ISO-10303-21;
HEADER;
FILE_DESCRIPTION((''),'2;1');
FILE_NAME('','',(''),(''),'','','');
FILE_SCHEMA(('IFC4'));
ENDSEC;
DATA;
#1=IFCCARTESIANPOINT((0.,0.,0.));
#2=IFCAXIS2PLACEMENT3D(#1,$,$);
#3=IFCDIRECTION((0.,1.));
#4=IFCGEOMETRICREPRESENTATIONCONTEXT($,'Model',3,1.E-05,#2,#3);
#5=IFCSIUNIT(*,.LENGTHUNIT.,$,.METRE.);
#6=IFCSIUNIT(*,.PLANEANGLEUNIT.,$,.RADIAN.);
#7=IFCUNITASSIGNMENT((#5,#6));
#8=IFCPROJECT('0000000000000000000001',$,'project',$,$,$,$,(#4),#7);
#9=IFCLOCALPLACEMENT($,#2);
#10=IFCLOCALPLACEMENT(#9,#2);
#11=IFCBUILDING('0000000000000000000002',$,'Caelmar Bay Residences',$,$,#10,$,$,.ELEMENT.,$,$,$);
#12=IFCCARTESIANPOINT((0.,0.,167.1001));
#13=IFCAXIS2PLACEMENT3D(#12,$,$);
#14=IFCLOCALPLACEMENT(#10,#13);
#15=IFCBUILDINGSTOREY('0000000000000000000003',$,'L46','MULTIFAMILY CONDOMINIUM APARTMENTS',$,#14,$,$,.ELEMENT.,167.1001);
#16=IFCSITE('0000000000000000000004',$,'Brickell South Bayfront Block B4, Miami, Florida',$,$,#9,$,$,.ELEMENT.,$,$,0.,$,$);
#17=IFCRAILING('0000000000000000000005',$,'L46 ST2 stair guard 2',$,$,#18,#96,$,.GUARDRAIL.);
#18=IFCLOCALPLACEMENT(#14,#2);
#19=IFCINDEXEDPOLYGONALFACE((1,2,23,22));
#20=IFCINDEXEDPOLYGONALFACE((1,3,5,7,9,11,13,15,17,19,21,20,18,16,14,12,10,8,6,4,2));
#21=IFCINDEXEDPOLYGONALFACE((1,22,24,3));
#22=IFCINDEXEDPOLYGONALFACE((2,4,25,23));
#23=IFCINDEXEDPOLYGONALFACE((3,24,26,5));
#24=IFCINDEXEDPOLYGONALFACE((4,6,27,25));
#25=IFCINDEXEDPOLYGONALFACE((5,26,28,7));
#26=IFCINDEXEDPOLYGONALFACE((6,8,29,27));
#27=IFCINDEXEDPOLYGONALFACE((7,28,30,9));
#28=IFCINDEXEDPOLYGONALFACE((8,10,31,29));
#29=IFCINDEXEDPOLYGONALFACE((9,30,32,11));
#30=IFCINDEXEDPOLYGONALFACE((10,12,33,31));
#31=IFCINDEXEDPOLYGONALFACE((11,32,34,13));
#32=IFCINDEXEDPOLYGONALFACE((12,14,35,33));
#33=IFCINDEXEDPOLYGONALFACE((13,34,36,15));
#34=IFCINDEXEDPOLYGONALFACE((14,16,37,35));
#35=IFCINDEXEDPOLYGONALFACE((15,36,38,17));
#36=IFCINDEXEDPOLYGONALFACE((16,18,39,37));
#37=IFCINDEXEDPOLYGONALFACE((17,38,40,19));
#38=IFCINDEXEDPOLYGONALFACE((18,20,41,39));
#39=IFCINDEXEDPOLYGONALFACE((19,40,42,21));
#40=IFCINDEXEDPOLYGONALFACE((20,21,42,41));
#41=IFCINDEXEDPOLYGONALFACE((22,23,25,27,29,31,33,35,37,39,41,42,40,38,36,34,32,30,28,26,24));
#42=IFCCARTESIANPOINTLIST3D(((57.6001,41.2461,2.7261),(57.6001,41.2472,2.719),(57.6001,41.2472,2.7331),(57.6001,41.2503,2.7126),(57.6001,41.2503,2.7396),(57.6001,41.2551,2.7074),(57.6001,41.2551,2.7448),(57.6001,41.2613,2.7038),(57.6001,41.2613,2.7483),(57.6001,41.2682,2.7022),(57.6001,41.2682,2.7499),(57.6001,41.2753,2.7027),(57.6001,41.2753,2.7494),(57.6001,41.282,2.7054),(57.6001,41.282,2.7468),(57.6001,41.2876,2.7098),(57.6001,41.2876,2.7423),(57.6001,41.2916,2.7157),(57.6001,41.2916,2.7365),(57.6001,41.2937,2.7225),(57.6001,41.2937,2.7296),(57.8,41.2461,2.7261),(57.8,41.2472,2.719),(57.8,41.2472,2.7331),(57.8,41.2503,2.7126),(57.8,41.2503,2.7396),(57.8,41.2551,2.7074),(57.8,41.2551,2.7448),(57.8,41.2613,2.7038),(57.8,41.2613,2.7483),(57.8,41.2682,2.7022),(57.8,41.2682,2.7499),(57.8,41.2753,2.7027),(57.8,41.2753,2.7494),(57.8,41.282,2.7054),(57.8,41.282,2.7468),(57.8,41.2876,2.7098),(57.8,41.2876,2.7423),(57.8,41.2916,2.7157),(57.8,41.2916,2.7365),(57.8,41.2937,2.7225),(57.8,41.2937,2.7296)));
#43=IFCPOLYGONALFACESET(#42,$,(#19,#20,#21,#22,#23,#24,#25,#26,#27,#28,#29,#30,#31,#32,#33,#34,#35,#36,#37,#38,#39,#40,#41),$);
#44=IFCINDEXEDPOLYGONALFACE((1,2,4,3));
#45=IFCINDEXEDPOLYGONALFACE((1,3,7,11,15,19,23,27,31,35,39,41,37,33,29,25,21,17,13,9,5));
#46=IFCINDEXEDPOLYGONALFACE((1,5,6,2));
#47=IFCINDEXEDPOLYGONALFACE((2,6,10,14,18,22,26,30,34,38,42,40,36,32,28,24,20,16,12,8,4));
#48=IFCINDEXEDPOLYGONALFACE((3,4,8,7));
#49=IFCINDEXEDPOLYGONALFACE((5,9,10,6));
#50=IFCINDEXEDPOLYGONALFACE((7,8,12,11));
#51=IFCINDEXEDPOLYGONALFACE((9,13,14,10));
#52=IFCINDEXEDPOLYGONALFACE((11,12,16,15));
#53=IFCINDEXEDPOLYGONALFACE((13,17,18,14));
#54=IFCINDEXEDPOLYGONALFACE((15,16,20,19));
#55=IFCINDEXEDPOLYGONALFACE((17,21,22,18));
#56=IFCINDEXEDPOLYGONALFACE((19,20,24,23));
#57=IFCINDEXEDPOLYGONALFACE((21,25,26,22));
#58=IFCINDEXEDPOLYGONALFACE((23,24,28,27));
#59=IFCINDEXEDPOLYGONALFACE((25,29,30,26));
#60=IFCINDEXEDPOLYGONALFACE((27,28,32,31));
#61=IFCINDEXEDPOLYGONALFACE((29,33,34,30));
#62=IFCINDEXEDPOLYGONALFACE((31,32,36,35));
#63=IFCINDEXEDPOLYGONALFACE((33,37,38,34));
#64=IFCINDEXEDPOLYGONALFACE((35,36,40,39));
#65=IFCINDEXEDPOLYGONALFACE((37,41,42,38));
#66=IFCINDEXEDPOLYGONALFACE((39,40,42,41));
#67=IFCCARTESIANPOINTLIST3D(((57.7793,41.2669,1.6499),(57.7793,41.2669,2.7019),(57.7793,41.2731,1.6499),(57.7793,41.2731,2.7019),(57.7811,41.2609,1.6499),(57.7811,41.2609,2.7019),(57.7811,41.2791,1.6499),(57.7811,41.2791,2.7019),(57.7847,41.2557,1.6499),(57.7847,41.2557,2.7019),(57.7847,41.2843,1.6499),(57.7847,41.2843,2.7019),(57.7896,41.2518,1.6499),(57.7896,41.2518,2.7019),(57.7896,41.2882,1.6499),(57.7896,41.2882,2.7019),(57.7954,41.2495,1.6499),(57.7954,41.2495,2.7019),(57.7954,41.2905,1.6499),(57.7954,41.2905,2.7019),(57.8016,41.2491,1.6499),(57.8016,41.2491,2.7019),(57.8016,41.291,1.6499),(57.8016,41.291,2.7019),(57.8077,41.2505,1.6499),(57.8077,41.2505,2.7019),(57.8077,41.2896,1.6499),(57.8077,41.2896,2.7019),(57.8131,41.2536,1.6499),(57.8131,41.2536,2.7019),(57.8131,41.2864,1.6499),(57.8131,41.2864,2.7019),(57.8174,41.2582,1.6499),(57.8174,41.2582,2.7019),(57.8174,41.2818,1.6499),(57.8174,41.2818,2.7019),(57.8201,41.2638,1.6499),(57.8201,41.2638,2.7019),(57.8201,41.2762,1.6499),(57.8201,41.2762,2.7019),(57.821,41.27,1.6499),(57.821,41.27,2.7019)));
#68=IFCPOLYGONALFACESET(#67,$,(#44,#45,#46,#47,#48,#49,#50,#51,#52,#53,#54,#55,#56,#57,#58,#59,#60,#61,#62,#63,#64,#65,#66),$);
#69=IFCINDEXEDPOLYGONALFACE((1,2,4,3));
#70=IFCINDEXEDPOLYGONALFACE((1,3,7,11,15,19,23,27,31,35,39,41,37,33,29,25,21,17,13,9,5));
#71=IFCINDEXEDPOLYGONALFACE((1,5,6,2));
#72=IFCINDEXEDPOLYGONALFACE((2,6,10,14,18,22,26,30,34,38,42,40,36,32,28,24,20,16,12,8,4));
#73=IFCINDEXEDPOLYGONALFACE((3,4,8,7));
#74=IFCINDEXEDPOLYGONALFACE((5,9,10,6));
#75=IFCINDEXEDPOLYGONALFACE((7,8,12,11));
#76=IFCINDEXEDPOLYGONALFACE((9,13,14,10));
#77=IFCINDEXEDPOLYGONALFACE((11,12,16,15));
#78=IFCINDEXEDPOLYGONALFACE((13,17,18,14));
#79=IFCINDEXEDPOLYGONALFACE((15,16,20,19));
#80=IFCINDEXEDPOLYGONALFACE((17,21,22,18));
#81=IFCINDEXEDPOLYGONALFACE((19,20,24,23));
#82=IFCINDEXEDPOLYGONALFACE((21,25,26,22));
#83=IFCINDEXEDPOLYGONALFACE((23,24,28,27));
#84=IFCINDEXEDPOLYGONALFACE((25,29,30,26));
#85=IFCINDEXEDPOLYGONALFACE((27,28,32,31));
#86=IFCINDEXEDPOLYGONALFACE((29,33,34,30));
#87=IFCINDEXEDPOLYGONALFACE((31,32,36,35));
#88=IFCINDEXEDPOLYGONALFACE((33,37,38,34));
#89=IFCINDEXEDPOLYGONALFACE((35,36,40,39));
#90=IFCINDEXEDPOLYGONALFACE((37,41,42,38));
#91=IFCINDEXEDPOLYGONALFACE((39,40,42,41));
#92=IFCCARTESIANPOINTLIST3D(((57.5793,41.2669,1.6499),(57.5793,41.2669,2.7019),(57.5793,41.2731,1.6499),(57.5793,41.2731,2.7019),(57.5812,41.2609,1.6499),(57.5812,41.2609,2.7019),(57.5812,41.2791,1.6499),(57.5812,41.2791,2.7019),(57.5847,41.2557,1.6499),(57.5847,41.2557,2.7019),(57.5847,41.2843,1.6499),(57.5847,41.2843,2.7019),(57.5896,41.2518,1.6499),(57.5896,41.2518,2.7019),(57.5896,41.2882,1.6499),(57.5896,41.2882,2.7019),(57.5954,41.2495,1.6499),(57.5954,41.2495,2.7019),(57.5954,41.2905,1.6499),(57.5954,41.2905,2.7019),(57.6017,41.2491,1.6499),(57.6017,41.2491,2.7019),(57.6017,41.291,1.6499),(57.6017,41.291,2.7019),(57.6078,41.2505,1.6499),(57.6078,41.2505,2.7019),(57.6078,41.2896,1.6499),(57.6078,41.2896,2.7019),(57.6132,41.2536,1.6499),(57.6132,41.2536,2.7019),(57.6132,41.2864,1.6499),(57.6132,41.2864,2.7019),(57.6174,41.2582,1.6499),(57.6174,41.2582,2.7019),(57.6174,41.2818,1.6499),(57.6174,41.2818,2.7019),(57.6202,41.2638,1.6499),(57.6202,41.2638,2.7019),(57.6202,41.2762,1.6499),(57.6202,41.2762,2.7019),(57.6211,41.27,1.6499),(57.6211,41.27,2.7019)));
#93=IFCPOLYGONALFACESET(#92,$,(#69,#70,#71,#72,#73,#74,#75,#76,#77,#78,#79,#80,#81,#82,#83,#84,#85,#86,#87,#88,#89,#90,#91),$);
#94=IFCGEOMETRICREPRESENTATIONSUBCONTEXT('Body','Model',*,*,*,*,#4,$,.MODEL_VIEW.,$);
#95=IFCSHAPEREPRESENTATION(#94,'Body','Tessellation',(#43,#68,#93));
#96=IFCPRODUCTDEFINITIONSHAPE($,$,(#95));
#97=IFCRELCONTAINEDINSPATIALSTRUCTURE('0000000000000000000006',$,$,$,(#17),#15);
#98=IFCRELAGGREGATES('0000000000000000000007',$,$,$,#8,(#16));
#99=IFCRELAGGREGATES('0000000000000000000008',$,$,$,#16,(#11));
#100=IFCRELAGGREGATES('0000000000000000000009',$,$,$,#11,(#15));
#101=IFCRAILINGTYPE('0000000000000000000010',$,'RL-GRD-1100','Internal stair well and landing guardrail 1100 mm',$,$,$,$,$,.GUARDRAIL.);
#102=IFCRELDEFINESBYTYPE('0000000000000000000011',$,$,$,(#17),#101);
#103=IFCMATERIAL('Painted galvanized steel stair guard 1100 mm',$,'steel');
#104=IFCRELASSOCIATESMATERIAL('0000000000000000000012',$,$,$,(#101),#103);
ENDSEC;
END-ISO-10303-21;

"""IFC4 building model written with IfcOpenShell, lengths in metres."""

from ifc_helpers import new_model, si_unit, direction, frame, origin, origin_2d, place, context, subcontext, project, spatial, circle, extrude, material, type_object, element, save


model = new_model("IFC4")

# Units and contexts
model_context = context("Model", 3, precision=1e-05, world=origin(), true_north=direction((0.0, 1.0)))
body_context = subcontext(model_context, "Body", "Model", "MODEL_VIEW")
ifc_project = project(units=[si_unit("LENGTHUNIT", "METRE"), si_unit("PLANEANGLEUNIT", "RADIAN")], contexts=[model_context])

# Site, building, storey
site_placement = place(None, origin())
site = spatial("IfcSite", under=ifc_project, at=site_placement, Name="Brickell South Bayfront Block B4, Miami, Florida", CompositionType="ELEMENT", RefElevation=0.0)
building_placement = place(site_placement, origin())
building = spatial("IfcBuilding", under=site, at=building_placement, Name="Caelmar Bay Residences", CompositionType="ELEMENT")
storey_placement = place(building_placement, frame((0.0, 0.0, 167.1001)))
storey = spatial("IfcBuildingStorey", under=building, at=storey_placement, Name="L46", Description="MULTIFAMILY CONDOMINIUM APARTMENTS", CompositionType="ELEMENT", Elevation=167.1001)

# Railing
ifc_material_1 = material(Name="Painted galvanized steel stair guard 1100 mm", Category="steel")
railing_type_1 = type_object("IfcRailingType", Name="RL-GRD-1100", Description="Internal stair well and landing guardrail 1100 mm", PredefinedType="GUARDRAIL", material=ifc_material_1)
railing_1_placement = place(storey_placement, frame((57.8, 41.27, 1.6499)))
element("IfcRailing", 1, at=railing_1_placement, inside=storey, type_object=railing_type_1, Name="L46 ST2 stair guard 2", PredefinedType="GUARDRAIL", context=body_context, shape_type="SweptSolid", body=[
    extrude(circle(Radius=0.0239, at=origin_2d()), frame((0.0, 0.0, 1.0762), z_axis=(-1.0, 0.0, 0.0), x_axis=(0.0, -1.0, 0.0)), (0.0, 0.0, 1.0), 0.2),
    extrude(circle(Radius=0.021, at=origin_2d()), origin(), (0.0, 0.0, 1.0), 1.052),
    extrude(circle(Radius=0.021, at=origin_2d()), frame((-0.2, 0.0, 0.0)), (0.0, 0.0, 1.0), 1.052),
])

save(model, "model.ifc")
